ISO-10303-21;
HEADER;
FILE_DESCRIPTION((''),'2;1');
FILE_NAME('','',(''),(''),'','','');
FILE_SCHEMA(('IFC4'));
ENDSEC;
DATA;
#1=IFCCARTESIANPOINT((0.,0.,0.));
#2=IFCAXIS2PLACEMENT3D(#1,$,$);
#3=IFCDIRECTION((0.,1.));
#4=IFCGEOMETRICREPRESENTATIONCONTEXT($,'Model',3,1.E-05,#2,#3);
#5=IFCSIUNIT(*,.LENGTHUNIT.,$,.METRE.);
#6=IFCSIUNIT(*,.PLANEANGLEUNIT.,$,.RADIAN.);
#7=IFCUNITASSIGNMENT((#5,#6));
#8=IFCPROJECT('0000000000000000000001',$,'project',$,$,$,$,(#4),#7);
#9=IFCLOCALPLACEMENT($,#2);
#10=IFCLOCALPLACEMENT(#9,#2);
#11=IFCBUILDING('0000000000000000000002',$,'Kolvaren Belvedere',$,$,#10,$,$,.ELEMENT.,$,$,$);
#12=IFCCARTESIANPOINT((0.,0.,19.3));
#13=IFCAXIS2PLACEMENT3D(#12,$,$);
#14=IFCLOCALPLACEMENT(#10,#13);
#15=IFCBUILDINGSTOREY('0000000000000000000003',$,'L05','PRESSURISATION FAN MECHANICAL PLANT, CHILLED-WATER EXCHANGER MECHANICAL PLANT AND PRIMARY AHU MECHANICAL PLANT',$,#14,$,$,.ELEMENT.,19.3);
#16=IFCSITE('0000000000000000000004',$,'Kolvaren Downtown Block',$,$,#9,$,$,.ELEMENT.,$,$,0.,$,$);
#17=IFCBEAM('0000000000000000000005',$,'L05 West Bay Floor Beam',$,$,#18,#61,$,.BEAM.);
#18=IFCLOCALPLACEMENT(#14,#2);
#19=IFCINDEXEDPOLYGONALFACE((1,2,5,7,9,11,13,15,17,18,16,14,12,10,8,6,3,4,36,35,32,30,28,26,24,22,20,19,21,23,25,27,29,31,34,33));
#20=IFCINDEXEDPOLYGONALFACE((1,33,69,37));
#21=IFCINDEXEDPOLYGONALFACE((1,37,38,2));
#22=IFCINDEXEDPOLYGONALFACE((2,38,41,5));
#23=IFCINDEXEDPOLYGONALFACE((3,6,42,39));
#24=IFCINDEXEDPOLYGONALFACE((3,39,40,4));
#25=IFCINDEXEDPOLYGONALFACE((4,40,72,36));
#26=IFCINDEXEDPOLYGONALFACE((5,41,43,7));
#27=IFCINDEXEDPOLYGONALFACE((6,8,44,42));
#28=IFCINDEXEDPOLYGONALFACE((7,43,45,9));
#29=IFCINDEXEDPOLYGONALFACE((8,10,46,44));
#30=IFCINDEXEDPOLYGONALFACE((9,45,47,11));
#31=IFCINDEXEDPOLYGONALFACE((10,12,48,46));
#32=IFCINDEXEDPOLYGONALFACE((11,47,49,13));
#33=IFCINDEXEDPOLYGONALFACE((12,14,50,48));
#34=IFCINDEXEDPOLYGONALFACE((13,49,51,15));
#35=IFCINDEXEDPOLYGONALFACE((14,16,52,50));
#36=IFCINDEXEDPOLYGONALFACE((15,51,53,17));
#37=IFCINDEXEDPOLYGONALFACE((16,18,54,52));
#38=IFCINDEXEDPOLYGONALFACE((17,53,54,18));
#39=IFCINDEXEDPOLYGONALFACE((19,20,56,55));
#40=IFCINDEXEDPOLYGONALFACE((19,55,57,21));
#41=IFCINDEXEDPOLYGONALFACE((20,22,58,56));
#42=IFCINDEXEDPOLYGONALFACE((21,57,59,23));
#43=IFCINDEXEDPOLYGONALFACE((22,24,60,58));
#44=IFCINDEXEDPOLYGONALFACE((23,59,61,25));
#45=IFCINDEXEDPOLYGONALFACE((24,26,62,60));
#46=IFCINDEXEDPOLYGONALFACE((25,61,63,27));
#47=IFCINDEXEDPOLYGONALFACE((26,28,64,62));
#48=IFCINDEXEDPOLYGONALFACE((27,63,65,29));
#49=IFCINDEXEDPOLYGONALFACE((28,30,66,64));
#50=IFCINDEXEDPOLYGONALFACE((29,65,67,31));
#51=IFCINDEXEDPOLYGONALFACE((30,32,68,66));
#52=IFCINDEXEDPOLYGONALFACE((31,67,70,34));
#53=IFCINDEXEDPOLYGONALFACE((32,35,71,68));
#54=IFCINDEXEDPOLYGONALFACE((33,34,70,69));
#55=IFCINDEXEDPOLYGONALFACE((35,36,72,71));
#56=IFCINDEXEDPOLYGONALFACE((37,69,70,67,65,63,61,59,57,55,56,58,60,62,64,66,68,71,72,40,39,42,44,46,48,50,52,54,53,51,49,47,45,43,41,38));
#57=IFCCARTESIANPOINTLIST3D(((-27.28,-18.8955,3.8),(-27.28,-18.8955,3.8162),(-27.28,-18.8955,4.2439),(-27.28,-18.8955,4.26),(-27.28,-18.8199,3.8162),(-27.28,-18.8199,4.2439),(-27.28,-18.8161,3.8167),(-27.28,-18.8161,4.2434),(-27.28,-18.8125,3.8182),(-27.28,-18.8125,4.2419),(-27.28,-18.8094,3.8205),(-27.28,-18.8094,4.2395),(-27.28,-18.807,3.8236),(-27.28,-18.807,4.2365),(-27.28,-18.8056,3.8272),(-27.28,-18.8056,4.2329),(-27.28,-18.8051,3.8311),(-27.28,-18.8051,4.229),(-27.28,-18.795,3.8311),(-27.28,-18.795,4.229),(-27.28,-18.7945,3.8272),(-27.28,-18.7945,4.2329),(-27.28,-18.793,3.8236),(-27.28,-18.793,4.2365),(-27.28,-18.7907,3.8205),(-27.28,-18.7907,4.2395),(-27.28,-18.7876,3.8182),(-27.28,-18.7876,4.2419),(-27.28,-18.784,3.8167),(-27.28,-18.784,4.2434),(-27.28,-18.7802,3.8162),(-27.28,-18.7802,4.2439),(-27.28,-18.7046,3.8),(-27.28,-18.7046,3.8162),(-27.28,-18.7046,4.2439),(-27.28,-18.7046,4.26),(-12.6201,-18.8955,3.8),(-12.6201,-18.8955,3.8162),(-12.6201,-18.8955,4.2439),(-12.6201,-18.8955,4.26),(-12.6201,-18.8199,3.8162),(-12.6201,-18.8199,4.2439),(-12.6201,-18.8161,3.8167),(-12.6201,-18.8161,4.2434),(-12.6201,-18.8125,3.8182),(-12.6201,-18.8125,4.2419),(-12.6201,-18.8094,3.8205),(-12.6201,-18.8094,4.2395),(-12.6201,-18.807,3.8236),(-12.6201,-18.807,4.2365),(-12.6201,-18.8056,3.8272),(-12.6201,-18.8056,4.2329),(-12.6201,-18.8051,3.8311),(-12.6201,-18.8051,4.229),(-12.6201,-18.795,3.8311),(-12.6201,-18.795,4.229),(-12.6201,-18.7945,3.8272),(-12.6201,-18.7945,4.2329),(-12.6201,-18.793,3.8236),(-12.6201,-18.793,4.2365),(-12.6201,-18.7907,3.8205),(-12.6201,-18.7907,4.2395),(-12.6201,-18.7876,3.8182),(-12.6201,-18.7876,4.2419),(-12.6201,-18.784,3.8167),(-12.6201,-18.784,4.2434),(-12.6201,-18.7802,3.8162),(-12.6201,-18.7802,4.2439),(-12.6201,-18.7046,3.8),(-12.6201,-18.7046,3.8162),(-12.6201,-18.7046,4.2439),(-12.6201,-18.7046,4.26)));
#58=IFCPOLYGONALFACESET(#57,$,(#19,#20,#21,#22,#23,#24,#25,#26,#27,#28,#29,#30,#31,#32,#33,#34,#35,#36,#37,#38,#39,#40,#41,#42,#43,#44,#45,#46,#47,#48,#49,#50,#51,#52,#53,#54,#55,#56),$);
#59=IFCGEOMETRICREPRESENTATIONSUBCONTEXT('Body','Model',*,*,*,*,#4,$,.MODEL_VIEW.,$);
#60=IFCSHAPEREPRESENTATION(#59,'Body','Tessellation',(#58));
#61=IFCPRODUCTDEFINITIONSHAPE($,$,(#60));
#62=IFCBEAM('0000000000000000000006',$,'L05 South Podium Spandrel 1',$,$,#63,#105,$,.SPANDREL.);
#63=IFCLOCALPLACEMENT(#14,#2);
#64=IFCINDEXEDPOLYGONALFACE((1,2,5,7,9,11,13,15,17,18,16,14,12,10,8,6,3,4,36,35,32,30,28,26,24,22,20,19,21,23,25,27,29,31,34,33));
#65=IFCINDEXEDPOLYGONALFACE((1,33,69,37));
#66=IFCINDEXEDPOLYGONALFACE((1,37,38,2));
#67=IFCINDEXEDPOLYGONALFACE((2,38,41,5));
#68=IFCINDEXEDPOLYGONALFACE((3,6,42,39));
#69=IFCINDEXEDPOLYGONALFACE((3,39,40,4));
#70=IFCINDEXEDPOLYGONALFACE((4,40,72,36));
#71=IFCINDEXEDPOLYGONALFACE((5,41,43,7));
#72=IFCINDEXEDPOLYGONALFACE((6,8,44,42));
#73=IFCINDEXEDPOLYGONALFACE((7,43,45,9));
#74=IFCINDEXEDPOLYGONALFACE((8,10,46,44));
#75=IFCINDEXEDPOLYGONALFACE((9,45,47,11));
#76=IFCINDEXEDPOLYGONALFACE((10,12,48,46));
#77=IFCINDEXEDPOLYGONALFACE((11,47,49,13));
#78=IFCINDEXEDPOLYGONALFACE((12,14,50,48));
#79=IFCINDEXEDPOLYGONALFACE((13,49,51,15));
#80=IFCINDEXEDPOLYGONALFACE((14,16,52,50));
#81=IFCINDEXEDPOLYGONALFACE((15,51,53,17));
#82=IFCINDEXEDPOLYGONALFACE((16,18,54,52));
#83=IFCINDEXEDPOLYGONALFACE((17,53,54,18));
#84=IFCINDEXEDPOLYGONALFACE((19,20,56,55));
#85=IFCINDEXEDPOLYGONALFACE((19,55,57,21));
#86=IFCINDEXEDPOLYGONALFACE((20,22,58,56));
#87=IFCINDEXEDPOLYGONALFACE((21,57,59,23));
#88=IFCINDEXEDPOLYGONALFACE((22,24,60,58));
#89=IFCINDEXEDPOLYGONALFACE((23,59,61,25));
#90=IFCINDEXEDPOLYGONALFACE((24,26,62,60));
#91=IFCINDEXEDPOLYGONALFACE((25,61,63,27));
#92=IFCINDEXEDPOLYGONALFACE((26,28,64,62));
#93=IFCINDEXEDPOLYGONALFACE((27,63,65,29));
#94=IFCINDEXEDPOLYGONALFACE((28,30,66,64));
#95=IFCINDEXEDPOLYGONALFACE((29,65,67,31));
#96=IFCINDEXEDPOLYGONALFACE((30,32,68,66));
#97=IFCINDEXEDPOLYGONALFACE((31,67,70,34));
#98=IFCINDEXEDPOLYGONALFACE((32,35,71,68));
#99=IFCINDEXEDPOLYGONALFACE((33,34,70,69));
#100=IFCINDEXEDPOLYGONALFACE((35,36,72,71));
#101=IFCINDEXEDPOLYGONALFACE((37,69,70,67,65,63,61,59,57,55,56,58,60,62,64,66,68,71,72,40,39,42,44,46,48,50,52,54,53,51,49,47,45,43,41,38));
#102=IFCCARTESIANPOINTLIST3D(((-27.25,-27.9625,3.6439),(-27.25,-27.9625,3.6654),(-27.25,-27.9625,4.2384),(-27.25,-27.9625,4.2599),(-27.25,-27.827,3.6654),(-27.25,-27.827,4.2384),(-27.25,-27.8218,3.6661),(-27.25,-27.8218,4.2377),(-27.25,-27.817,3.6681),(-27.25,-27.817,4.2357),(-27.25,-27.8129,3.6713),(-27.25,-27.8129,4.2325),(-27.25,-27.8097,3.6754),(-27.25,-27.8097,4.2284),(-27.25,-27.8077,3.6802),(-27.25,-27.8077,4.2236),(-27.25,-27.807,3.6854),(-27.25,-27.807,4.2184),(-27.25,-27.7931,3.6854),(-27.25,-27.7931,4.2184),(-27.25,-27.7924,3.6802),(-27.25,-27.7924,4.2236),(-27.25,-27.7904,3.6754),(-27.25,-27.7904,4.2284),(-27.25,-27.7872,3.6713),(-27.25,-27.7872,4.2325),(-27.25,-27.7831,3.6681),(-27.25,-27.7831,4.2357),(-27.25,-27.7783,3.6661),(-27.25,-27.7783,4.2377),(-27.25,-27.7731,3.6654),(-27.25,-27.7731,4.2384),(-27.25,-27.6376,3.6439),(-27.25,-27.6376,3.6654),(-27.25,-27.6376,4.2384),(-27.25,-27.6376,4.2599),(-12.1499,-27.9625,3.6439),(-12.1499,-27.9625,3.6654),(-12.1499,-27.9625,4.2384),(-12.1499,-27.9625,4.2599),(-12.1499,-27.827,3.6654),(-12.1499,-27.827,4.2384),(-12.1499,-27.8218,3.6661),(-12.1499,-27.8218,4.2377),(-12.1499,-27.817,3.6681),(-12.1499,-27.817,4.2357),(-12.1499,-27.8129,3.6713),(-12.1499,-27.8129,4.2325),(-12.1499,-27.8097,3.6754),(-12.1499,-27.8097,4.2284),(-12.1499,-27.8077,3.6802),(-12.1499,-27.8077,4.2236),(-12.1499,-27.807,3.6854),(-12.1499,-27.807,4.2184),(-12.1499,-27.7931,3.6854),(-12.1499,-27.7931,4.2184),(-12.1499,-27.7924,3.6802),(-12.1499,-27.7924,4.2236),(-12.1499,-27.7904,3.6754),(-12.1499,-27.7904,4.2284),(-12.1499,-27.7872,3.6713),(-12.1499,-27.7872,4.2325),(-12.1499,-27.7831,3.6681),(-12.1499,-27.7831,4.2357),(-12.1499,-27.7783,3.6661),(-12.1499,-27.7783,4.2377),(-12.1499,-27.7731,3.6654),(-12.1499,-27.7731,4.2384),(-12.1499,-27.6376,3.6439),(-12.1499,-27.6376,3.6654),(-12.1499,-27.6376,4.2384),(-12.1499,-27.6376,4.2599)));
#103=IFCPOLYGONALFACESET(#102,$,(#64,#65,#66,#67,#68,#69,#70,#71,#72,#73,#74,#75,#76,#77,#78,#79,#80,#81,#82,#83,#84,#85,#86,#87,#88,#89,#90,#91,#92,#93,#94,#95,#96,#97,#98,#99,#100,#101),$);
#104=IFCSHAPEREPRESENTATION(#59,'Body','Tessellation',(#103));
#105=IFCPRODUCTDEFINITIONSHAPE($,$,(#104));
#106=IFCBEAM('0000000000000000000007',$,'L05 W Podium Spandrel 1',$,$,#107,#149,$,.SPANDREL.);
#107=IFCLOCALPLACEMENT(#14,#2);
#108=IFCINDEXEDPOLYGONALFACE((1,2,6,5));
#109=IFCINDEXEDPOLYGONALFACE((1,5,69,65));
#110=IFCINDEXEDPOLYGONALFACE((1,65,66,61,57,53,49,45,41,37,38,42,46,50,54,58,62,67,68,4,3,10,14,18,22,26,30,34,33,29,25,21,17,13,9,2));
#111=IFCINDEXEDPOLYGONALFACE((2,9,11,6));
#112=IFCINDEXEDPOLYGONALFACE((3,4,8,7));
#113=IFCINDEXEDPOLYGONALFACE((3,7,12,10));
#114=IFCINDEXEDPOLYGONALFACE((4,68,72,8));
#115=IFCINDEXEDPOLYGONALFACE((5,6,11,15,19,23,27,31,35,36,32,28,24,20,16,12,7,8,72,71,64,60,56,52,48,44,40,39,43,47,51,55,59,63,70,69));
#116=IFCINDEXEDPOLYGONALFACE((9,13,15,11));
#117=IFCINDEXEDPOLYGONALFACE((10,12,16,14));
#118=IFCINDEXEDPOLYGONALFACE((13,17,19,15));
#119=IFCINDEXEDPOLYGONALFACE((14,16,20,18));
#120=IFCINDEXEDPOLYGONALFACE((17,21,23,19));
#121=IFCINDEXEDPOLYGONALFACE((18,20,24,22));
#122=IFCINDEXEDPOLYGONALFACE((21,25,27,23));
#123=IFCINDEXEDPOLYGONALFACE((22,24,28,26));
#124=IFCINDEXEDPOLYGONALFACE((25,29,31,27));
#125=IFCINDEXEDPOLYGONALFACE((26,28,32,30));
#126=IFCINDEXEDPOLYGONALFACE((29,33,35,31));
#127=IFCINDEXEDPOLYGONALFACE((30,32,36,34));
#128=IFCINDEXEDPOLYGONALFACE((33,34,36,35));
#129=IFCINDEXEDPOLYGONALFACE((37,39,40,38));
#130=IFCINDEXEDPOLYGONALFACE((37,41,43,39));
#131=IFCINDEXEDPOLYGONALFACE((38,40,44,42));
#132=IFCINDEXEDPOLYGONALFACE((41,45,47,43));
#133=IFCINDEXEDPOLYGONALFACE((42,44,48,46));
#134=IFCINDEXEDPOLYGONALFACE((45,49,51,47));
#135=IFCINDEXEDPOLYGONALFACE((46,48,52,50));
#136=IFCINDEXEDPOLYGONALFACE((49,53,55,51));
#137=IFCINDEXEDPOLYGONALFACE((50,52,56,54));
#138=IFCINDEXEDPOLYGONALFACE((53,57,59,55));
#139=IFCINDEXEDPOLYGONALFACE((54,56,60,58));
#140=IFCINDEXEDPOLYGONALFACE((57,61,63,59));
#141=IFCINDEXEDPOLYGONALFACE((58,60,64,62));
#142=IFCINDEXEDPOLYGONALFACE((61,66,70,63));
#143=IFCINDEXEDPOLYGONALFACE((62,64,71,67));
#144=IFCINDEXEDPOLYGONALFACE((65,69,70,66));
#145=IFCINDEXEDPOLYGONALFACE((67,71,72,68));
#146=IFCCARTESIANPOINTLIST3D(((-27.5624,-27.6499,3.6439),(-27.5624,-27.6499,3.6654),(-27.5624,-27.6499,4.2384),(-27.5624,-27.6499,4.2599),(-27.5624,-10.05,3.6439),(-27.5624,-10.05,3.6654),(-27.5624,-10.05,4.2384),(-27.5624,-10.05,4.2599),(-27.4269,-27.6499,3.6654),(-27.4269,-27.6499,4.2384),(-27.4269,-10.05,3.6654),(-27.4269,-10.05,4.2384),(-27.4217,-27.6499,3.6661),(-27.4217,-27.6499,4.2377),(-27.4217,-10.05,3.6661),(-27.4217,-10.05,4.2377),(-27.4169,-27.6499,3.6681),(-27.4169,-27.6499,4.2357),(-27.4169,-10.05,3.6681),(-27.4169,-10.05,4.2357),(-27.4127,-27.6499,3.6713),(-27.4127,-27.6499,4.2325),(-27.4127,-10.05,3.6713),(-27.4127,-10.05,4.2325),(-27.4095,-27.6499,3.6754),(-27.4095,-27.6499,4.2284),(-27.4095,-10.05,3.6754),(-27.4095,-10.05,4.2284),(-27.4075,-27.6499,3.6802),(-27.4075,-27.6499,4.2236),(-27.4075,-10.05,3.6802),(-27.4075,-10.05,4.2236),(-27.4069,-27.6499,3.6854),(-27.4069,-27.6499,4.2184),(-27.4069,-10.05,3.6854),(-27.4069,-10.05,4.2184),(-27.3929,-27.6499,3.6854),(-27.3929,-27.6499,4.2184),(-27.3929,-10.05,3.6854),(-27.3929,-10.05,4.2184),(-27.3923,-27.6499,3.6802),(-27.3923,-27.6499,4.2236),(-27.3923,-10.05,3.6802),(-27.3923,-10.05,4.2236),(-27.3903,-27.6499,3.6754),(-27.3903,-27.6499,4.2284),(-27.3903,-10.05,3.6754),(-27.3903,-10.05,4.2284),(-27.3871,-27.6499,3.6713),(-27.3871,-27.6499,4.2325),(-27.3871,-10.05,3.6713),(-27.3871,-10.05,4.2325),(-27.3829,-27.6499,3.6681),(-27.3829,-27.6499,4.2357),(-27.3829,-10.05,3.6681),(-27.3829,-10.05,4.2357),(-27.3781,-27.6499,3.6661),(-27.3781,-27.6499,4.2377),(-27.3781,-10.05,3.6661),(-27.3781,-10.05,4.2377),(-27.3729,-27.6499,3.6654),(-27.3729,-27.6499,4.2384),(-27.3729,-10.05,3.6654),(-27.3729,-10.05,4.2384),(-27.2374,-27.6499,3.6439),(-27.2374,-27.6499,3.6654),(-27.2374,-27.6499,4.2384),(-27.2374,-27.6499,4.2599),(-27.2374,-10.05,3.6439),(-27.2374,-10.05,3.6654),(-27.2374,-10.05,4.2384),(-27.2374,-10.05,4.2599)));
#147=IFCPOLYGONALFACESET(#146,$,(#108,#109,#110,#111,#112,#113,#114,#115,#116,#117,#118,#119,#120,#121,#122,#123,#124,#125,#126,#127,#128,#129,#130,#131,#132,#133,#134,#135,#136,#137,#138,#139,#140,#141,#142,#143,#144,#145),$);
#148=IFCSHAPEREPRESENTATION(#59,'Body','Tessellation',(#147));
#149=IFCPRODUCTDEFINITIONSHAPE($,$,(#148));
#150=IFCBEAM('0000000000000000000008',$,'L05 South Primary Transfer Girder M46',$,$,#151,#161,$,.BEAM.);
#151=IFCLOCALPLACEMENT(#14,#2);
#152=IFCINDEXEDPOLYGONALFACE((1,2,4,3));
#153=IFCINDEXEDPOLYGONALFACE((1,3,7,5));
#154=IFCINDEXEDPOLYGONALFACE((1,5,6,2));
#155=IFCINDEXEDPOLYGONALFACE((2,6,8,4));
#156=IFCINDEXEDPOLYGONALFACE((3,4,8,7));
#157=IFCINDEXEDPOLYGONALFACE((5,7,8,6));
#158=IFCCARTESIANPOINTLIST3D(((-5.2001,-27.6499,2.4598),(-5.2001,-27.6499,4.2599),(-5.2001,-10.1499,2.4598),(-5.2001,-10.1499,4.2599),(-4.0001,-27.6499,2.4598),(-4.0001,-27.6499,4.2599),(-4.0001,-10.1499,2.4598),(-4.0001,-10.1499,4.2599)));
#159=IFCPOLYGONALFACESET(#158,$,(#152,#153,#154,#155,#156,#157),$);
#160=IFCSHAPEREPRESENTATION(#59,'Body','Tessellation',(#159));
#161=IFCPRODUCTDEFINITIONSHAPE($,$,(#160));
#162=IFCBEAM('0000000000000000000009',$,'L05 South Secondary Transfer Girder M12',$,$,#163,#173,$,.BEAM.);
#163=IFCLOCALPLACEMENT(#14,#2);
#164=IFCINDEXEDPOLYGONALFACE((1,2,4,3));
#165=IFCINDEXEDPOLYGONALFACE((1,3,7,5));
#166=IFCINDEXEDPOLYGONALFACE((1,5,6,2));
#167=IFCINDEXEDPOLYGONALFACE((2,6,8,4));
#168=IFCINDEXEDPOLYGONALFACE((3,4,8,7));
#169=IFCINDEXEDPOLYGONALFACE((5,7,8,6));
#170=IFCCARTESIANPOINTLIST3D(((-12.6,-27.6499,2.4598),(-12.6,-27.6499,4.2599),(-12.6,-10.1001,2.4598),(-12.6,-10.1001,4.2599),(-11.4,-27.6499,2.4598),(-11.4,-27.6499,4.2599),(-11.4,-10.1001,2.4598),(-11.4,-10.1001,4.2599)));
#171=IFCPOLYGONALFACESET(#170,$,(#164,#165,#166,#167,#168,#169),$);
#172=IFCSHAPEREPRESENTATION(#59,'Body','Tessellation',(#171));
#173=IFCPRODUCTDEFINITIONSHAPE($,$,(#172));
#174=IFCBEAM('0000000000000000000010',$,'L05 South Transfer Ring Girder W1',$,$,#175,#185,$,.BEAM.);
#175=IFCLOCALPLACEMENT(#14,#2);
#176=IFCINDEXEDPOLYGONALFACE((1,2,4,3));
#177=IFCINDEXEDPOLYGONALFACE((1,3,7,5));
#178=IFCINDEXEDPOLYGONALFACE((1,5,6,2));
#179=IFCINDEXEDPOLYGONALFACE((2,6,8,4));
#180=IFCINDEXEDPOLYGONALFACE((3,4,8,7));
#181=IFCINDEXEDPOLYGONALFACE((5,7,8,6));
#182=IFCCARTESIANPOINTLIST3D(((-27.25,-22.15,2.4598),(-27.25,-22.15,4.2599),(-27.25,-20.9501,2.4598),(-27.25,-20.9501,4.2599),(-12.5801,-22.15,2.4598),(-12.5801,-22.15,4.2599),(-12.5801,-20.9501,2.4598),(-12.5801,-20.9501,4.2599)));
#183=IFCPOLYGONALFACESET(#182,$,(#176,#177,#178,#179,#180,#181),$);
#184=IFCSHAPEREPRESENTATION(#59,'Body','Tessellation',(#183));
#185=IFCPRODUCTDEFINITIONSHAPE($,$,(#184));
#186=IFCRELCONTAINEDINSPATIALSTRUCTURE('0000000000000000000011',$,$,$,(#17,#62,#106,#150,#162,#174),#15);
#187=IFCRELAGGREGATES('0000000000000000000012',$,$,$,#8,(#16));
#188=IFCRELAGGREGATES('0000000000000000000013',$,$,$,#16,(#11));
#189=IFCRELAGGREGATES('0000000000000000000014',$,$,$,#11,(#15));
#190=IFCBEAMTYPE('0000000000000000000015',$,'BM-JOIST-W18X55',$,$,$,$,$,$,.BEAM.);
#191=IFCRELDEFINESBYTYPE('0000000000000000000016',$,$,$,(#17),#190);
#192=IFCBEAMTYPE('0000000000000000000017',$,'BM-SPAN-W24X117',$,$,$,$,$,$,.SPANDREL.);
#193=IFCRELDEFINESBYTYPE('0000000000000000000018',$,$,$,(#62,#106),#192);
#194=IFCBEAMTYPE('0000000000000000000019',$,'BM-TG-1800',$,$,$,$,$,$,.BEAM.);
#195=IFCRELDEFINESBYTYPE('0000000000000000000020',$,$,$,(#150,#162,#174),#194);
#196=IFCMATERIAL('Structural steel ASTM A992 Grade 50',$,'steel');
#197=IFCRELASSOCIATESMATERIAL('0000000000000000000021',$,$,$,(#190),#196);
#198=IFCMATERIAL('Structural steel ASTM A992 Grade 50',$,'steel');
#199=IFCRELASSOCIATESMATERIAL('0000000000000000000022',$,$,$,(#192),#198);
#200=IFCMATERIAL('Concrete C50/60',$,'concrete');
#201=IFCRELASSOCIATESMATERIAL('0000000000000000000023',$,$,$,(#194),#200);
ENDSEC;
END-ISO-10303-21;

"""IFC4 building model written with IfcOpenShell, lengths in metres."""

from ifc_helpers import new_model, si_unit, direction, frame, origin, origin_2d, place, context, subcontext, project, spatial, rectangle, i_section, extrude, material, material_profile, profile_set, type_object, element, save


model = new_model("IFC4")

# Units and contexts
model_context = context("Model", 3, precision=1e-05, world=origin(), true_north=direction((0.0, 1.0)))
body_context = subcontext(model_context, "Body", "Model", "MODEL_VIEW")
ifc_project = project(units=[si_unit("LENGTHUNIT", "METRE"), si_unit("PLANEANGLEUNIT", "RADIAN")], contexts=[model_context])

# Site, building, storey
site_placement = place(None, origin())
site = spatial("IfcSite", under=ifc_project, at=site_placement, Name="Kolvaren Downtown Block", CompositionType="ELEMENT", RefElevation=0.0)
building_placement = place(site_placement, origin())
building = spatial("IfcBuilding", under=site, at=building_placement, Name="Kolvaren Belvedere", CompositionType="ELEMENT")
storey_placement = place(building_placement, frame((0.0, 0.0, 19.3)))
storey = spatial("IfcBuildingStorey", under=building, at=storey_placement, Name="L05", Description="PRESSURISATION FAN MECHANICAL PLANT, CHILLED-WATER EXCHANGER MECHANICAL PLANT AND PRIMARY AHU MECHANICAL PLANT", CompositionType="ELEMENT", Elevation=19.3)

# Beams
ifc_material_1 = material(Name="Structural steel ASTM A992 Grade 50", Category="steel")
ifc_material_profile_1 = material_profile(ifc_material_1, i_section(OverallWidth=0.1909, OverallDepth=0.46, WebThickness=0.01, FlangeThickness=0.0161, FilletRadius=0.0149, at=origin_2d()), Name="W18X55")
ifc_profile_set_1 = profile_set([ifc_material_profile_1], Name="Structural steel ASTM A992 Grade 50")
beam_type_1 = type_object("IfcBeamType", Name="BM-JOIST-W18X55", PredefinedType="BEAM", material=ifc_profile_set_1)
beam_1_placement = place(storey_placement, frame((-27.28, -18.8, 4.03), z_axis=(1.0, 0.0, 0.0), x_axis=(0.0, 1.0, 0.0)))
element("IfcBeam", 1, at=beam_1_placement, inside=storey, type_object=beam_type_1, Name="L05 West Bay Floor Beam", PredefinedType="BEAM", context=body_context, shape_type="SweptSolid", body=[
    extrude(i_section(OverallWidth=0.1909, OverallDepth=0.46, WebThickness=0.01, FlangeThickness=0.0161, FilletRadius=0.0149, at=origin_2d()), origin(), (0.0, 0.0, 1.0), 14.6599),
])
ifc_material_2 = material(Name="Structural steel ASTM A992 Grade 50", Category="steel")
ifc_material_profile_2 = material_profile(ifc_material_2, i_section(OverallWidth=0.325, OverallDepth=0.616, WebThickness=0.0139, FlangeThickness=0.0215, FilletRadius=0.02, at=origin_2d()), Name="W24X117")
ifc_profile_set_2 = profile_set([ifc_material_profile_2], Name="Structural steel ASTM A992 Grade 50")
beam_type_2 = type_object("IfcBeamType", Name="BM-SPAN-W24X117", PredefinedType="SPANDREL", material=ifc_profile_set_2)
beam_2_placement = place(storey_placement, frame((-27.25, -27.8, 3.9519), z_axis=(1.0, 0.0, 0.0), x_axis=(0.0, 1.0, 0.0)))
element("IfcBeam", 2, at=beam_2_placement, inside=storey, type_object=beam_type_2, Name="L05 South Podium Spandrel 1", PredefinedType="SPANDREL", context=body_context, shape_type="SweptSolid", body=[
    extrude(i_section(OverallWidth=0.325, OverallDepth=0.616, WebThickness=0.0139, FlangeThickness=0.0215, FilletRadius=0.02, at=origin_2d()), origin(), (0.0, 0.0, 1.0), 15.1001),
])
beam_3_placement = place(storey_placement, frame((-27.3999, -27.6499, 3.9519), z_axis=(0.0, 1.0, 0.0), x_axis=(-1.0, 0.0, 0.0)))
element("IfcBeam", 3, at=beam_3_placement, inside=storey, type_object=beam_type_2, Name="L05 W Podium Spandrel 1", PredefinedType="SPANDREL", context=body_context, shape_type="SweptSolid", body=[
    extrude(i_section(OverallWidth=0.325, OverallDepth=0.616, WebThickness=0.0139, FlangeThickness=0.0215, FilletRadius=0.02, at=origin_2d()), origin(), (0.0, 0.0, 1.0), 17.5999),
])
ifc_material_3 = material(Name="Concrete C50/60", Category="concrete")
ifc_material_profile_3 = material_profile(ifc_material_3, rectangle(XDim=1.2, YDim=1.8, at=origin_2d()), Name="RC 1200X1800")
ifc_profile_set_3 = profile_set([ifc_material_profile_3], Name="Concrete C50/60")
beam_type_3 = type_object("IfcBeamType", Name="BM-TG-1800", PredefinedType="BEAM", material=ifc_profile_set_3)
beam_4_placement = place(storey_placement, frame((-4.6001, -10.1499, 3.3599), z_axis=(0.0, -1.0, 0.0), x_axis=(1.0, 0.0, 0.0)))
element("IfcBeam", 4, at=beam_4_placement, inside=storey, type_object=beam_type_3, Name="L05 South Primary Transfer Girder M46", PredefinedType="BEAM", context=body_context, shape_type="SweptSolid", body=[
    extrude(rectangle(XDim=1.2, YDim=1.8, at=origin_2d()), origin(), (0.0, 0.0, 1.0), 17.5),
])
beam_5_placement = place(storey_placement, frame((-12.0, -10.1001, 3.3599), z_axis=(0.0, -1.0, 0.0), x_axis=(1.0, 0.0, 0.0)))
element("IfcBeam", 5, at=beam_5_placement, inside=storey, type_object=beam_type_3, Name="L05 South Secondary Transfer Girder M12", PredefinedType="BEAM", context=body_context, shape_type="SweptSolid", body=[
    extrude(rectangle(XDim=1.2, YDim=1.8, at=origin_2d()), origin(), (0.0, 0.0, 1.0), 17.5498),
])
beam_6_placement = place(storey_placement, frame((-27.25, -21.55, 3.3599), z_axis=(1.0, 0.0, 0.0), x_axis=(0.0, 1.0, 0.0)))
element("IfcBeam", 6, at=beam_6_placement, inside=storey, type_object=beam_type_3, Name="L05 South Transfer Ring Girder W1", PredefinedType="BEAM", context=body_context, shape_type="SweptSolid", body=[
    extrude(rectangle(XDim=1.2, YDim=1.8, at=origin_2d()), origin(), (0.0, 0.0, 1.0), 14.6699),
])

save(model, "model.ifc")
